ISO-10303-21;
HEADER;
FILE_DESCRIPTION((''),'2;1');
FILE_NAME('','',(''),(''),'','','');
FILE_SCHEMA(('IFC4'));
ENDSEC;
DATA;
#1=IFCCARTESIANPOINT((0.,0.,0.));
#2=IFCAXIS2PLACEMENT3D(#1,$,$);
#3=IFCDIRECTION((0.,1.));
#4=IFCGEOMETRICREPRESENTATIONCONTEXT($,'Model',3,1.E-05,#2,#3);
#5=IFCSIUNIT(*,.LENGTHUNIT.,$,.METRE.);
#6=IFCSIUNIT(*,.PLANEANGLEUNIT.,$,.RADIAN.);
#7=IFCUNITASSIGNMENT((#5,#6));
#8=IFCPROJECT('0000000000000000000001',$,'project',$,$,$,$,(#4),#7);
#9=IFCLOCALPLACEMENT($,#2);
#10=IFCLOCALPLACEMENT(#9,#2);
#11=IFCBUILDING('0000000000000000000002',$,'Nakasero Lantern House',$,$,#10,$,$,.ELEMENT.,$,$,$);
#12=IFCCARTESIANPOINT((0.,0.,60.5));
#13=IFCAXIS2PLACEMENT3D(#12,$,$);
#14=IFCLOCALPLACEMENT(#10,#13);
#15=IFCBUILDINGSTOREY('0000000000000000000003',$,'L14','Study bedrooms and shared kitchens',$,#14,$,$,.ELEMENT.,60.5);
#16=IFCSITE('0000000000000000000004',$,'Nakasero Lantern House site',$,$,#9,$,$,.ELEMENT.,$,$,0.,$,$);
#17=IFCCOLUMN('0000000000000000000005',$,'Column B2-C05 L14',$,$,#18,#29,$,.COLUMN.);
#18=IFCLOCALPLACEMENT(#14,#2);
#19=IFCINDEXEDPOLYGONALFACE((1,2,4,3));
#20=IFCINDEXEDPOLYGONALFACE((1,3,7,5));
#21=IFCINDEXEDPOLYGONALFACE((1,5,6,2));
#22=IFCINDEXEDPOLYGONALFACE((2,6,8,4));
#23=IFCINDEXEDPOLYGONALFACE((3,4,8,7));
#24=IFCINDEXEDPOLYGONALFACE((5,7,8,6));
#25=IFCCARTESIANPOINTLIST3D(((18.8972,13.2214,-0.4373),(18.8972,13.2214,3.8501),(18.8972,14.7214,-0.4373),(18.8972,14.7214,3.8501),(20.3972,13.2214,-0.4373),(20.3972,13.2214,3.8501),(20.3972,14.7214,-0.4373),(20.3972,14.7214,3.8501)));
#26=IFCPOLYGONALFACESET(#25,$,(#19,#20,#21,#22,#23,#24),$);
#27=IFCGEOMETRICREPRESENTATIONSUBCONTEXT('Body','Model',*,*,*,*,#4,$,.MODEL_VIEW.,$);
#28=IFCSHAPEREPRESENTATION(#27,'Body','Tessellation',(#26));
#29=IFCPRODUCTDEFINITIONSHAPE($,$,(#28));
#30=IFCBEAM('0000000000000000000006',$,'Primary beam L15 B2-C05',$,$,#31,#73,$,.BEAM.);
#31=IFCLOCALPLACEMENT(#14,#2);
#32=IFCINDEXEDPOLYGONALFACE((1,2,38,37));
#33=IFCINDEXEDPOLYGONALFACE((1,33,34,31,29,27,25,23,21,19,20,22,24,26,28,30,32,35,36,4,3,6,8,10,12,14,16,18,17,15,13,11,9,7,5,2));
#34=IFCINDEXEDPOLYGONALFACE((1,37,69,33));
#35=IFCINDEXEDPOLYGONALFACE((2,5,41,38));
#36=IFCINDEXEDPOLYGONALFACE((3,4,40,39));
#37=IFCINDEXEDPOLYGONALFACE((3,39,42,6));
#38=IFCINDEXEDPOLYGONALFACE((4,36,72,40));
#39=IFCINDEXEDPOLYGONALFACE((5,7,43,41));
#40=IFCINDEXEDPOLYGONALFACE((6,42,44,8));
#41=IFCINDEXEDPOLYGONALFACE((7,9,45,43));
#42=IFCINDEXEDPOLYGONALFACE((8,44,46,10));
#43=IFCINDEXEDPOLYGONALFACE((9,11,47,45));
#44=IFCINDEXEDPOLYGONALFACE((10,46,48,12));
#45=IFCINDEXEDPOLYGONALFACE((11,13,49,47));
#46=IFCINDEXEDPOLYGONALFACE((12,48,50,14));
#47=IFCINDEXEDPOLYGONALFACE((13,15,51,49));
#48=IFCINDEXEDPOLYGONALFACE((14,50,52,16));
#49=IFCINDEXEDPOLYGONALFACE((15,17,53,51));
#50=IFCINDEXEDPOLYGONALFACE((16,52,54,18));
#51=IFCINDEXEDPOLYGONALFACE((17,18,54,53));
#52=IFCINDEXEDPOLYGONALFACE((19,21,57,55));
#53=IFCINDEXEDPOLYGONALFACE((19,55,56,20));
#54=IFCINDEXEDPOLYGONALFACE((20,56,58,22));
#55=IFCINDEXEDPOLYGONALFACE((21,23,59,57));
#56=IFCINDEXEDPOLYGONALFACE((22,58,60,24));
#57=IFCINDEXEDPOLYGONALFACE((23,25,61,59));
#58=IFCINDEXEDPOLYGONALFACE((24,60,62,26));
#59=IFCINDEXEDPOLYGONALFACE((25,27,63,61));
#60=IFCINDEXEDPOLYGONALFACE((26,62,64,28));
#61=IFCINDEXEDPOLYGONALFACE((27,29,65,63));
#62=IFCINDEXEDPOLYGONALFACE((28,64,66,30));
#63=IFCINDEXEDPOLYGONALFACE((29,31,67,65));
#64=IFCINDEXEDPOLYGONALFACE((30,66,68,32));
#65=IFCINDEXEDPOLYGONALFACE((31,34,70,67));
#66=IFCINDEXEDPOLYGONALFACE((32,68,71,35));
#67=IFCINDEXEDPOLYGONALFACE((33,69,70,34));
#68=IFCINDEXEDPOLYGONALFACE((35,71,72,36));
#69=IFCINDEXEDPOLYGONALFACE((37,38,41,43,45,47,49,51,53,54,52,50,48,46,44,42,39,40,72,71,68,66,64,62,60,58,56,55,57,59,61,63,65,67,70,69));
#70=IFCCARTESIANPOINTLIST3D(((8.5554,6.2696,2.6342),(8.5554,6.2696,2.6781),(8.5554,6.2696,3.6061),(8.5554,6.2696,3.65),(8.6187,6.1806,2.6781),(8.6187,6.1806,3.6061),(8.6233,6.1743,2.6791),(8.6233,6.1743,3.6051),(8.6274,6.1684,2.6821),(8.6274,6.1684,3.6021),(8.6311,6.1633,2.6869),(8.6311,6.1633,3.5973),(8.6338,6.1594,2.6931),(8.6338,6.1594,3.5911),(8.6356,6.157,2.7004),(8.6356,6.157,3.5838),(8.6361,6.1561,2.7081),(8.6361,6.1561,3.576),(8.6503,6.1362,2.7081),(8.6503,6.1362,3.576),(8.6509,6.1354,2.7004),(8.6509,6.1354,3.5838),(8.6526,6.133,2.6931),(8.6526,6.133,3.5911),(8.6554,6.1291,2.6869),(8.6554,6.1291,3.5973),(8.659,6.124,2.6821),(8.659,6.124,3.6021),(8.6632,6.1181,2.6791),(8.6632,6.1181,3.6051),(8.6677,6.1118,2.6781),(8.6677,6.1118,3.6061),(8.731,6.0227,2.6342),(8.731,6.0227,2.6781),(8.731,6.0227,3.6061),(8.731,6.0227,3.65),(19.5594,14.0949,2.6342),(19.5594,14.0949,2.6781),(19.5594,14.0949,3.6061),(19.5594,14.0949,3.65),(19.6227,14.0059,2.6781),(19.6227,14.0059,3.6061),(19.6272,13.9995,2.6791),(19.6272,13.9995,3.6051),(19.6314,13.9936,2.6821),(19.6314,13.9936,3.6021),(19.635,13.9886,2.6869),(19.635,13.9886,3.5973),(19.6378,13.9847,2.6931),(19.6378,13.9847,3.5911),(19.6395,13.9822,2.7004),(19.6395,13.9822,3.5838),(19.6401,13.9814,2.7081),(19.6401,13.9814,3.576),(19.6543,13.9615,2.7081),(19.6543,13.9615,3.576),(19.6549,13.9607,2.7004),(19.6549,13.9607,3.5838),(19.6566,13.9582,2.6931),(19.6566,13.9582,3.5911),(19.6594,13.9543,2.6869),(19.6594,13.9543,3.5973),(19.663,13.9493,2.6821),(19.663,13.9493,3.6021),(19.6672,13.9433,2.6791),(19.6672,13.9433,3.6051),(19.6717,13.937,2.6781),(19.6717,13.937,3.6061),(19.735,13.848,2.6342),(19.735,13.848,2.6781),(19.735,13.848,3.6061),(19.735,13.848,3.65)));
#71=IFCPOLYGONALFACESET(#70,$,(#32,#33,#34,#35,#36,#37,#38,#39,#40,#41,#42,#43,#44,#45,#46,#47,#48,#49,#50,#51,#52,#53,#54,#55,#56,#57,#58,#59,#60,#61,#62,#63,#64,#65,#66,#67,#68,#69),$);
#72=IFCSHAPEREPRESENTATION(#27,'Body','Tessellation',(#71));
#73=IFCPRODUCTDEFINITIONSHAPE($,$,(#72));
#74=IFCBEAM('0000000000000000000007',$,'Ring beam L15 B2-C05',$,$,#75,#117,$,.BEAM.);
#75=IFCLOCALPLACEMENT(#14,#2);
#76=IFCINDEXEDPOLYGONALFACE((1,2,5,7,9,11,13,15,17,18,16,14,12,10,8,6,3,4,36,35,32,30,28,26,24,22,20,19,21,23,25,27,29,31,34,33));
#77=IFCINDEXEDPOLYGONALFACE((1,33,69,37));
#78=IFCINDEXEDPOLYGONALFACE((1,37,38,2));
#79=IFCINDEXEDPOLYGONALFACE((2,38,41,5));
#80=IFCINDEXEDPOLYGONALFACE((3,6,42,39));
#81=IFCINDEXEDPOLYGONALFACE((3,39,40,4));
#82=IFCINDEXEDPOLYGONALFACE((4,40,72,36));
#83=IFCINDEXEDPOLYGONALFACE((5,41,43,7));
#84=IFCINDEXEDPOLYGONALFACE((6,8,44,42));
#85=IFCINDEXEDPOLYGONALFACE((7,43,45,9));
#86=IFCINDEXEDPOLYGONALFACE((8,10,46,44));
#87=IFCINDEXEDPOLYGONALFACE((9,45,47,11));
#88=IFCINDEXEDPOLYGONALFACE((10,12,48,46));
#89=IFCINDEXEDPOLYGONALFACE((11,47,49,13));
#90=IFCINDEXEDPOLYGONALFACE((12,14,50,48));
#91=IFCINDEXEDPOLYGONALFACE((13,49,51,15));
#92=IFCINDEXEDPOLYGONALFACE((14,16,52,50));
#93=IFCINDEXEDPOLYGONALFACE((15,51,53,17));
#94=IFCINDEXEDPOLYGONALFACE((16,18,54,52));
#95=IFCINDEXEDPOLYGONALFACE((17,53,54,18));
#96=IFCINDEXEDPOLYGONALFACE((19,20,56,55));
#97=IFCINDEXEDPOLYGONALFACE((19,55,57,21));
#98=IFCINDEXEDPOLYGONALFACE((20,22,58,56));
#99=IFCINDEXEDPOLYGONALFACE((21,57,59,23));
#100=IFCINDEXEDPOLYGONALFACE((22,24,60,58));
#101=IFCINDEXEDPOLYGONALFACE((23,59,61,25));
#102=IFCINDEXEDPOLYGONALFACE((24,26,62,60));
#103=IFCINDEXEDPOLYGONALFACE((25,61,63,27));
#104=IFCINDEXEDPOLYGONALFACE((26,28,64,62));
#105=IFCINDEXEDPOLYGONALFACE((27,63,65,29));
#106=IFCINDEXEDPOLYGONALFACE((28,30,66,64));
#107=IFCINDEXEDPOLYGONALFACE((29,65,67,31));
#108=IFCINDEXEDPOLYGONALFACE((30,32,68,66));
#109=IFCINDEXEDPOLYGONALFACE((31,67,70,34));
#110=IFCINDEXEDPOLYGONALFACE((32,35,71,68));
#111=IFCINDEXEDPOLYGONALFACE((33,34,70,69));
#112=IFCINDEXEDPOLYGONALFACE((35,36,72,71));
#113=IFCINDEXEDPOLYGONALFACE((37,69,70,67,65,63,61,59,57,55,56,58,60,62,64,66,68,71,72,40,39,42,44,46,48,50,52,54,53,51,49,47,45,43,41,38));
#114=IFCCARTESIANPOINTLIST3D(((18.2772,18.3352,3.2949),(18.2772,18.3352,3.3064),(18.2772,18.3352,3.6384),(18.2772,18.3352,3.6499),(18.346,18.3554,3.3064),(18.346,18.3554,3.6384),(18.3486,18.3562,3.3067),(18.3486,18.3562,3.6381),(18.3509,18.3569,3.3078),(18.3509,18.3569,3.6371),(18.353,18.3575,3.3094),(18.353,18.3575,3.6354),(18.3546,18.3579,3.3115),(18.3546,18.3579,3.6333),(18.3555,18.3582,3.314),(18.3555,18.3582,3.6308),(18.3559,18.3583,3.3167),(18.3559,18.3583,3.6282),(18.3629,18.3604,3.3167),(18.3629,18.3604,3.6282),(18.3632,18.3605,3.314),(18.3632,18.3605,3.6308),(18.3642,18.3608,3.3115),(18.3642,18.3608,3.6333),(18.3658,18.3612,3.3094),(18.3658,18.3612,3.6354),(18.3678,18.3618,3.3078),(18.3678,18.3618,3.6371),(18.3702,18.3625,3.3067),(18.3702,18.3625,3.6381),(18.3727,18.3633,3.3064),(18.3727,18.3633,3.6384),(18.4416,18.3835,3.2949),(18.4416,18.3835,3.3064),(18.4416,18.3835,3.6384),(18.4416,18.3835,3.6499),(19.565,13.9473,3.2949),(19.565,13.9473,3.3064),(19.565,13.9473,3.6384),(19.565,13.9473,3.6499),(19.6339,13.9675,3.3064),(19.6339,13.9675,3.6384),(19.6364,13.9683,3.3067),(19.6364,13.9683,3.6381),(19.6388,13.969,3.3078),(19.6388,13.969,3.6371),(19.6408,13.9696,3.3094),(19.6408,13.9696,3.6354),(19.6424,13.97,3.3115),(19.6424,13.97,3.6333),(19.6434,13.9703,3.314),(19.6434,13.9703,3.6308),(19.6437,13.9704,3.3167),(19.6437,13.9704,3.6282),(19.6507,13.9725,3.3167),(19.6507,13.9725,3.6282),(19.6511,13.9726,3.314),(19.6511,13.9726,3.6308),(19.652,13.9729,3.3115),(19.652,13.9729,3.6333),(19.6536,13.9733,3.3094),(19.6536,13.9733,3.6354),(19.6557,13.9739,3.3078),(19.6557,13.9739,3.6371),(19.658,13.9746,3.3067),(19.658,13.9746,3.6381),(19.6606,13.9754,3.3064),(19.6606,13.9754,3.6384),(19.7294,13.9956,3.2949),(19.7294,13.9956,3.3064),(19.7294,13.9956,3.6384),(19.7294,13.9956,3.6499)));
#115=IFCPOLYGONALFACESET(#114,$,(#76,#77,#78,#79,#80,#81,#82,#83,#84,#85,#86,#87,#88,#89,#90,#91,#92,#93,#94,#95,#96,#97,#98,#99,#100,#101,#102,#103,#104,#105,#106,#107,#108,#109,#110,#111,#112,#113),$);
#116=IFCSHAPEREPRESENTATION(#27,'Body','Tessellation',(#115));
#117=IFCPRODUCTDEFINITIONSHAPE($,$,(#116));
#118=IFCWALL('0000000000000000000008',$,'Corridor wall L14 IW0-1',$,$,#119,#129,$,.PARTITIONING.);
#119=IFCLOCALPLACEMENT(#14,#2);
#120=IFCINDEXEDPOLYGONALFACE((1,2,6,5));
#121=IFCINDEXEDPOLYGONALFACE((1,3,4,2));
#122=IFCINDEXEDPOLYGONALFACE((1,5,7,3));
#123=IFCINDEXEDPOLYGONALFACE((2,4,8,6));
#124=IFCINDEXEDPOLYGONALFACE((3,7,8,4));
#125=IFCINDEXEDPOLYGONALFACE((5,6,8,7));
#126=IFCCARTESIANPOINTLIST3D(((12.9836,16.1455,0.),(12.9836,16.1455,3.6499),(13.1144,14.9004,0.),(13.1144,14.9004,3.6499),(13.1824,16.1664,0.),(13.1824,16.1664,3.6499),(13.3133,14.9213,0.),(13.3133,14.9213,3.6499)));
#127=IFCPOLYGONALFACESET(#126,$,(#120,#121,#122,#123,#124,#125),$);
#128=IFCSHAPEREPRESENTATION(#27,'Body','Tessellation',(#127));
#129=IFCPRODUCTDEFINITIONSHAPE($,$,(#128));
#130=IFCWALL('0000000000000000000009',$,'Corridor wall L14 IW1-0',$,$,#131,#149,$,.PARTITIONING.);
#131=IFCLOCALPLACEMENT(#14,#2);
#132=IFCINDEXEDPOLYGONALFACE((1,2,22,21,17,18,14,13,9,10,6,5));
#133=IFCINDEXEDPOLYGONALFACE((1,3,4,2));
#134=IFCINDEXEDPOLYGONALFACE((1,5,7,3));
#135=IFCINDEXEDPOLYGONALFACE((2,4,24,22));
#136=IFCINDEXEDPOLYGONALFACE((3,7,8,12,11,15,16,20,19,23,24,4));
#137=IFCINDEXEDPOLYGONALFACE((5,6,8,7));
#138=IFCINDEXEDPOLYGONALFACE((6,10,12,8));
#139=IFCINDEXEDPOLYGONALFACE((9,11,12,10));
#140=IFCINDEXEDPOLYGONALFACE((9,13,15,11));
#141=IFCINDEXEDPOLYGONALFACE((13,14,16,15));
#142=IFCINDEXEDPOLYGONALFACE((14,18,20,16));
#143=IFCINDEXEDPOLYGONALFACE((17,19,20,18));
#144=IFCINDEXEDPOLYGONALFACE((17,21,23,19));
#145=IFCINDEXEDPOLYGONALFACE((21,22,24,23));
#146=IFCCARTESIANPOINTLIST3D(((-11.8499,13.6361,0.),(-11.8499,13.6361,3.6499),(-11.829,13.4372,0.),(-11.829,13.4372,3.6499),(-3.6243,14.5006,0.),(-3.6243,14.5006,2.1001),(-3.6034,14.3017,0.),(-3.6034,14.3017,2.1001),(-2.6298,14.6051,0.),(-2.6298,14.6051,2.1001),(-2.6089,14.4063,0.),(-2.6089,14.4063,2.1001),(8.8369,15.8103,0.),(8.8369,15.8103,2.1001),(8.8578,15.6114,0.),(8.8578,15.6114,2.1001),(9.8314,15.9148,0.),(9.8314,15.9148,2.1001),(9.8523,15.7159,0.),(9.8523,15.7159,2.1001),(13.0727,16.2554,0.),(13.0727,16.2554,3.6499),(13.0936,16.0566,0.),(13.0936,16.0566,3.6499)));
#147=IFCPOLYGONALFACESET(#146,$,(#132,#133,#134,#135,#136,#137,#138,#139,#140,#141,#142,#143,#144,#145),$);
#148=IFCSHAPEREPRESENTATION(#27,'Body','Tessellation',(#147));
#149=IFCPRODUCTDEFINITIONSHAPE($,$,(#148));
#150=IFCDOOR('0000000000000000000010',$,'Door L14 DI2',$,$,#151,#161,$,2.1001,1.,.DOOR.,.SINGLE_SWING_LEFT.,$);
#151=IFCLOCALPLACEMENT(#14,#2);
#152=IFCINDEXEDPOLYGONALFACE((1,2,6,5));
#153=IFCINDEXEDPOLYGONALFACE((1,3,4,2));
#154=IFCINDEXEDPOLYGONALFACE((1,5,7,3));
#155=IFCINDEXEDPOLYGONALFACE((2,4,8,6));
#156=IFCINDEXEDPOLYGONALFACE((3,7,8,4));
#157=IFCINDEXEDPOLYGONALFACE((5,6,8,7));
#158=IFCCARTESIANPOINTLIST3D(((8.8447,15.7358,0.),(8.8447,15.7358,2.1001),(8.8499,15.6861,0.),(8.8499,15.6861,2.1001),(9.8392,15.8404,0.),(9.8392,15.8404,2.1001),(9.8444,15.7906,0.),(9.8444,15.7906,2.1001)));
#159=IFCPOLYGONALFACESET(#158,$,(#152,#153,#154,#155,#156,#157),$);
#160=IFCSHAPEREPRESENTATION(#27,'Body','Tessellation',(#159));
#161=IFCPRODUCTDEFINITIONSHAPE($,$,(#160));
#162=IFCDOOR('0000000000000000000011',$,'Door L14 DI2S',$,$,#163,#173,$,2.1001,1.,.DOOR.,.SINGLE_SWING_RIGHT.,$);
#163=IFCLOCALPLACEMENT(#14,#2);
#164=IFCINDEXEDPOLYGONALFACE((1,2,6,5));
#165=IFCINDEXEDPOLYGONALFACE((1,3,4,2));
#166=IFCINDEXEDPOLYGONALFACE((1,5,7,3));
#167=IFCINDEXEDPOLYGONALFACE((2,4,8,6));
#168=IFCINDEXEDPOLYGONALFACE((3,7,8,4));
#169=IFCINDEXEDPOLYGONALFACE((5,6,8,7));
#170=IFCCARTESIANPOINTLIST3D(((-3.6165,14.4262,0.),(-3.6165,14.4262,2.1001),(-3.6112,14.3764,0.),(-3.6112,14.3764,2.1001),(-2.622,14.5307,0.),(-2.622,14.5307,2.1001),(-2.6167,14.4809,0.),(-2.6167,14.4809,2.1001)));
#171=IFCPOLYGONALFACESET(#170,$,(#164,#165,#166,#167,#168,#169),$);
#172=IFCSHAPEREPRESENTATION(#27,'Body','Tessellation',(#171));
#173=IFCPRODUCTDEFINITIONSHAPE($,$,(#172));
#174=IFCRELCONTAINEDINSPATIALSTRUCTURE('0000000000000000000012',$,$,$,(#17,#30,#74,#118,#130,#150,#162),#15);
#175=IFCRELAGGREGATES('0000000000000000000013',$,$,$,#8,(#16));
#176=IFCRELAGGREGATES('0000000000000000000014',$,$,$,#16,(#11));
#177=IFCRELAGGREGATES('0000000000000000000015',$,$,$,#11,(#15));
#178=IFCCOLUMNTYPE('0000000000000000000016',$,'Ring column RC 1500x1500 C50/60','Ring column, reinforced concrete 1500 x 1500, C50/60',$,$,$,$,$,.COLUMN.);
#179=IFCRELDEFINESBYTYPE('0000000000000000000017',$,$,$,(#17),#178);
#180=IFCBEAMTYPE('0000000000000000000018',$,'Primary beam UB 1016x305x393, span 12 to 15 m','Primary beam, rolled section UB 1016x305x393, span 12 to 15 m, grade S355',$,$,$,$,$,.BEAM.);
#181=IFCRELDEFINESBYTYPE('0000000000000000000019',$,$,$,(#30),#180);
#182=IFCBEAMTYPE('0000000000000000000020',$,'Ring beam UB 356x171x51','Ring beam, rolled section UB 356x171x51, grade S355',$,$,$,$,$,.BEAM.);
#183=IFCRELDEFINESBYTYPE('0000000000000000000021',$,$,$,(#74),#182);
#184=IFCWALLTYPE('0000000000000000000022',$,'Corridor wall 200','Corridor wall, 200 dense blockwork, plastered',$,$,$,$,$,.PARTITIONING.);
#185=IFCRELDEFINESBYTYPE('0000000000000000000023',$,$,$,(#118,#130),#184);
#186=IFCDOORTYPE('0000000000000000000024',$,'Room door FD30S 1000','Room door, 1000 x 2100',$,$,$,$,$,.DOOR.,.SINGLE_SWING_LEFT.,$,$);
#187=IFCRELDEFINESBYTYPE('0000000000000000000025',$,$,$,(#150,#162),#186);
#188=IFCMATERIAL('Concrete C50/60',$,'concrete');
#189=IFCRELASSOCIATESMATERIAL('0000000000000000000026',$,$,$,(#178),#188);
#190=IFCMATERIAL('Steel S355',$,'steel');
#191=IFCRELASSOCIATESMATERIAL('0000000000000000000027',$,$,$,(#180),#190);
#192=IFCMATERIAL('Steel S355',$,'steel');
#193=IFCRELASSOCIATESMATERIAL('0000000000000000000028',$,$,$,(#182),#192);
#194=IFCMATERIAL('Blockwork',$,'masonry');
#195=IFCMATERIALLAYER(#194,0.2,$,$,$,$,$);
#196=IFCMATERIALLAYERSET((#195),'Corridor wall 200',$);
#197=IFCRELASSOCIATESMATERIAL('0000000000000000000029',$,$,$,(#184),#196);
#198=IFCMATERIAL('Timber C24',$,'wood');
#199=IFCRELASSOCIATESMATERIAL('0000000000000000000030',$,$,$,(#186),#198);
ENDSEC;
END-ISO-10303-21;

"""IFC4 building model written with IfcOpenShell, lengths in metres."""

from ifc_helpers import new_model, si_unit, direction, frame, frame_2d, origin, origin_2d, place, context, subcontext, project, spatial, rectangle, i_section, extrude, material, layer, layer_set, material_profile, profile_set, type_object, element, fill, save


model = new_model("IFC4")

# Units and contexts
model_context = context("Model", 3, precision=1e-05, world=origin(), true_north=direction((0.0, 1.0)))
body_context = subcontext(model_context, "Body", "Model", "MODEL_VIEW")
ifc_project = project(units=[si_unit("LENGTHUNIT", "METRE"), si_unit("PLANEANGLEUNIT", "RADIAN")], contexts=[model_context])

# Site, building, storey
site_placement = place(None, origin())
site = spatial("IfcSite", under=ifc_project, at=site_placement, Name="Nakasero Lantern House site", CompositionType="ELEMENT", RefElevation=0.0)
building_placement = place(site_placement, origin())
building = spatial("IfcBuilding", under=site, at=building_placement, Name="Nakasero Lantern House", CompositionType="ELEMENT")
storey_placement = place(building_placement, frame((0.0, 0.0, 60.5)))
storey = spatial("IfcBuildingStorey", under=building, at=storey_placement, Name="L14", Description="Study bedrooms and shared kitchens", CompositionType="ELEMENT", Elevation=60.5)

# Column
ifc_material_1 = material(Name="Concrete C50/60", Category="concrete")
ifc_material_profile_1 = material_profile(ifc_material_1, rectangle(XDim=1.5, YDim=1.5, at=origin_2d()), Name="RC 1500x1500")
ifc_profile_set_1 = profile_set([ifc_material_profile_1], Name="Concrete C50/60")
column_type = type_object("IfcColumnType", Name="Ring column RC 1500x1500 C50/60", Description="Ring column, reinforced concrete 1500 x 1500, C50/60", PredefinedType="COLUMN", material=ifc_profile_set_1)
column_placement = place(storey_placement, frame((19.6472, 13.9714, -0.4373), z_axis=(0.0, 0.0, 1.0), x_axis=(1.0, 0.0, 0.0)))
element("IfcColumn", 1, at=column_placement, inside=storey, type_object=column_type, Name="Column B2-C05 L14", PredefinedType="COLUMN", context=body_context, shape_type="SweptSolid", body=[
    extrude(rectangle(XDim=1.5, YDim=1.5, at=origin_2d()), origin(), (0.0, 0.0, 1.0), 4.2874),
])

# Beams
ifc_material_2 = material(Name="Steel S355", Category="steel")
ifc_material_profile_2 = material_profile(ifc_material_2, i_section(OverallWidth=0.303, OverallDepth=1.0159, WebThickness=0.0244, FlangeThickness=0.0439, FilletRadius=0.03, at=origin_2d()), Name="UB 1016x305x393")
ifc_profile_set_2 = profile_set([ifc_material_profile_2], Name="Steel S355")
beam_type_1 = type_object("IfcBeamType", Name="Primary beam UB 1016x305x393, span 12 to 15 m", Description="Primary beam, rolled section UB 1016x305x393, span 12 to 15 m, grade S355", PredefinedType="BEAM", material=ifc_profile_set_2)
beam_1_placement = place(storey_placement, frame((19.6472, 13.9714, 3.1421), z_axis=(-0.814948, -0.579533, 0.0), x_axis=(0.579533, -0.814948, 0.0)))
element("IfcBeam", 2, at=beam_1_placement, inside=storey, type_object=beam_type_1, Name="Primary beam L15 B2-C05", PredefinedType="BEAM", context=body_context, shape_type="SweptSolid", body=[
    extrude(i_section(OverallWidth=0.303, OverallDepth=1.0159, WebThickness=0.0244, FlangeThickness=0.0439, FilletRadius=0.03, at=origin_2d()), origin(), (0.0, 0.0, 1.0), 13.5027),
])
ifc_material_3 = material(Name="Steel S355", Category="steel")
ifc_material_profile_3 = material_profile(ifc_material_3, i_section(OverallWidth=0.1714, OverallDepth=0.355, WebThickness=0.0073, FlangeThickness=0.0115, FilletRadius=0.0103, at=origin_2d()), Name="UB 356x171x51")
ifc_profile_set_3 = profile_set([ifc_material_profile_3], Name="Steel S355")
beam_type_2 = type_object("IfcBeamType", Name="Ring beam UB 356x171x51", Description="Ring beam, rolled section UB 356x171x51, grade S355", PredefinedType="BEAM", material=ifc_profile_set_3)
beam_2_placement = place(storey_placement, frame((19.6472, 13.9714, 3.4724), z_axis=(-0.281617, 0.959527, 0.0), x_axis=(-0.959527, -0.281617, 0.0)))
element("IfcBeam", 3, at=beam_2_placement, inside=storey, type_object=beam_type_2, Name="Ring beam L15 B2-C05", PredefinedType="BEAM", context=body_context, shape_type="SweptSolid", body=[
    extrude(i_section(OverallWidth=0.1714, OverallDepth=0.355, WebThickness=0.0073, FlangeThickness=0.0115, FilletRadius=0.0103, at=origin_2d()), origin(), (0.0, 0.0, 1.0), 4.573),
])

# Wall
ifc_material_4 = material(Name="Blockwork", Category="masonry")
ifc_layer_1 = layer(ifc_material_4, 0.2)
ifc_layer_set_1 = layer_set([ifc_layer_1], Name="Corridor wall 200")
wall_type_1 = type_object("IfcWallType", Name="Corridor wall 200", Description="Corridor wall, 200 dense blockwork, plastered", PredefinedType="PARTITIONING", material=ifc_layer_set_1)
wall_1_placement = place(storey_placement, frame((13.2139, 14.9109, 0.0), z_axis=(0.0, 0.0, 1.0), x_axis=(-0.104522, 0.994523, 0.0)))
element("IfcWall", 4, at=wall_1_placement, inside=storey, type_object=wall_type_1, Name="Corridor wall L14 IW0-1", PredefinedType="PARTITIONING", context=body_context, shape_type="SweptSolid", body=[
    extrude(rectangle(XDim=1.252, YDim=0.2, at=frame_2d((0.626, 0.0))), origin(), (0.0, 0.0, 1.0), 3.6499),
])

# Wall, openings, doors
wall_2_placement = place(storey_placement, frame((13.083, 16.156, 0.0), z_axis=(0.0, 0.0, 1.0), x_axis=(-0.994522, -0.104525, 0.0)))
wall_2 = element("IfcWall", 5, at=wall_2_placement, inside=storey, type_object=wall_type_1, Name="Corridor wall L14 IW1-0", PredefinedType="PARTITIONING", context=body_context, shape_type="SweptSolid", body=[
    extrude(rectangle(XDim=25.0598, YDim=0.2, at=frame_2d((12.5298, 0.0))), origin(), (0.0, 0.0, 1.0), 3.6499),
])
opening_1_placement = place(wall_2_placement, frame((3.259, 0.0, 0.0)))
opening_1 = element("IfcOpeningElement", 6, at=opening_1_placement, cuts=wall_2, PredefinedType="OPENING", context=body_context, shape_type="SweptSolid", body=[
    extrude(rectangle(XDim=1.0, YDim=2.1001, at=frame_2d((0.5, 1.05))), frame((0.0, 0.1199, 0.0), z_axis=(0.0, -1.0, 0.0), x_axis=(1.0, 0.0, 0.0)), (0.0, 0.0, 1.0), 0.24),
])
opening_2_placement = place(wall_2_placement, frame((15.7888, 0.0, 0.0)))
opening_2 = element("IfcOpeningElement", 7, at=opening_2_placement, cuts=wall_2, PredefinedType="OPENING", context=body_context, shape_type="SweptSolid", body=[
    extrude(rectangle(XDim=1.0, YDim=2.1001, at=frame_2d((0.5, 1.05))), frame((0.0, 0.1199, 0.0), z_axis=(0.0, -1.0, 0.0), x_axis=(1.0, 0.0, 0.0)), (0.0, 0.0, 1.0), 0.24),
])
ifc_material_5 = material(Name="Timber C24", Category="wood")
door_type_1 = type_object("IfcDoorType", Name="Room door FD30S 1000", Description="Room door, 1000 x 2100", OperationType="SINGLE_SWING_LEFT", PredefinedType="DOOR", material=ifc_material_5)
door_1_placement = place(opening_1_placement, origin())
door_1 = element("IfcDoor", 8, at=door_1_placement, inside=storey, type_object=door_type_1, Name="Door L14 DI2", OperationType="SINGLE_SWING_LEFT", OverallHeight=2.1001, OverallWidth=1.0, PredefinedType="DOOR", context=body_context, shape_type="SweptSolid", body=[
    extrude(rectangle(XDim=1.0, YDim=2.1001, at=frame_2d((0.5, 1.05))), frame((0.0, 0.0249, 0.0), z_axis=(0.0, -1.0, 0.0), x_axis=(1.0, 0.0, 0.0)), (0.0, 0.0, 1.0), 0.05),
])
fill(opening_1, door_1)
door_2_placement = place(opening_2_placement, origin())
door_2 = element("IfcDoor", 9, at=door_2_placement, inside=storey, type_object=door_type_1, Name="Door L14 DI2S", OperationType="SINGLE_SWING_RIGHT", OverallHeight=2.1001, OverallWidth=1.0, PredefinedType="DOOR", context=body_context, shape_type="SweptSolid", body=[
    extrude(rectangle(XDim=1.0, YDim=2.1001, at=frame_2d((0.5, 1.05))), frame((0.0, 0.0249, 0.0), z_axis=(0.0, -1.0, 0.0), x_axis=(1.0, 0.0, 0.0)), (0.0, 0.0, 1.0), 0.05),
])
fill(opening_2, door_2)

save(model, "model.ifc")
